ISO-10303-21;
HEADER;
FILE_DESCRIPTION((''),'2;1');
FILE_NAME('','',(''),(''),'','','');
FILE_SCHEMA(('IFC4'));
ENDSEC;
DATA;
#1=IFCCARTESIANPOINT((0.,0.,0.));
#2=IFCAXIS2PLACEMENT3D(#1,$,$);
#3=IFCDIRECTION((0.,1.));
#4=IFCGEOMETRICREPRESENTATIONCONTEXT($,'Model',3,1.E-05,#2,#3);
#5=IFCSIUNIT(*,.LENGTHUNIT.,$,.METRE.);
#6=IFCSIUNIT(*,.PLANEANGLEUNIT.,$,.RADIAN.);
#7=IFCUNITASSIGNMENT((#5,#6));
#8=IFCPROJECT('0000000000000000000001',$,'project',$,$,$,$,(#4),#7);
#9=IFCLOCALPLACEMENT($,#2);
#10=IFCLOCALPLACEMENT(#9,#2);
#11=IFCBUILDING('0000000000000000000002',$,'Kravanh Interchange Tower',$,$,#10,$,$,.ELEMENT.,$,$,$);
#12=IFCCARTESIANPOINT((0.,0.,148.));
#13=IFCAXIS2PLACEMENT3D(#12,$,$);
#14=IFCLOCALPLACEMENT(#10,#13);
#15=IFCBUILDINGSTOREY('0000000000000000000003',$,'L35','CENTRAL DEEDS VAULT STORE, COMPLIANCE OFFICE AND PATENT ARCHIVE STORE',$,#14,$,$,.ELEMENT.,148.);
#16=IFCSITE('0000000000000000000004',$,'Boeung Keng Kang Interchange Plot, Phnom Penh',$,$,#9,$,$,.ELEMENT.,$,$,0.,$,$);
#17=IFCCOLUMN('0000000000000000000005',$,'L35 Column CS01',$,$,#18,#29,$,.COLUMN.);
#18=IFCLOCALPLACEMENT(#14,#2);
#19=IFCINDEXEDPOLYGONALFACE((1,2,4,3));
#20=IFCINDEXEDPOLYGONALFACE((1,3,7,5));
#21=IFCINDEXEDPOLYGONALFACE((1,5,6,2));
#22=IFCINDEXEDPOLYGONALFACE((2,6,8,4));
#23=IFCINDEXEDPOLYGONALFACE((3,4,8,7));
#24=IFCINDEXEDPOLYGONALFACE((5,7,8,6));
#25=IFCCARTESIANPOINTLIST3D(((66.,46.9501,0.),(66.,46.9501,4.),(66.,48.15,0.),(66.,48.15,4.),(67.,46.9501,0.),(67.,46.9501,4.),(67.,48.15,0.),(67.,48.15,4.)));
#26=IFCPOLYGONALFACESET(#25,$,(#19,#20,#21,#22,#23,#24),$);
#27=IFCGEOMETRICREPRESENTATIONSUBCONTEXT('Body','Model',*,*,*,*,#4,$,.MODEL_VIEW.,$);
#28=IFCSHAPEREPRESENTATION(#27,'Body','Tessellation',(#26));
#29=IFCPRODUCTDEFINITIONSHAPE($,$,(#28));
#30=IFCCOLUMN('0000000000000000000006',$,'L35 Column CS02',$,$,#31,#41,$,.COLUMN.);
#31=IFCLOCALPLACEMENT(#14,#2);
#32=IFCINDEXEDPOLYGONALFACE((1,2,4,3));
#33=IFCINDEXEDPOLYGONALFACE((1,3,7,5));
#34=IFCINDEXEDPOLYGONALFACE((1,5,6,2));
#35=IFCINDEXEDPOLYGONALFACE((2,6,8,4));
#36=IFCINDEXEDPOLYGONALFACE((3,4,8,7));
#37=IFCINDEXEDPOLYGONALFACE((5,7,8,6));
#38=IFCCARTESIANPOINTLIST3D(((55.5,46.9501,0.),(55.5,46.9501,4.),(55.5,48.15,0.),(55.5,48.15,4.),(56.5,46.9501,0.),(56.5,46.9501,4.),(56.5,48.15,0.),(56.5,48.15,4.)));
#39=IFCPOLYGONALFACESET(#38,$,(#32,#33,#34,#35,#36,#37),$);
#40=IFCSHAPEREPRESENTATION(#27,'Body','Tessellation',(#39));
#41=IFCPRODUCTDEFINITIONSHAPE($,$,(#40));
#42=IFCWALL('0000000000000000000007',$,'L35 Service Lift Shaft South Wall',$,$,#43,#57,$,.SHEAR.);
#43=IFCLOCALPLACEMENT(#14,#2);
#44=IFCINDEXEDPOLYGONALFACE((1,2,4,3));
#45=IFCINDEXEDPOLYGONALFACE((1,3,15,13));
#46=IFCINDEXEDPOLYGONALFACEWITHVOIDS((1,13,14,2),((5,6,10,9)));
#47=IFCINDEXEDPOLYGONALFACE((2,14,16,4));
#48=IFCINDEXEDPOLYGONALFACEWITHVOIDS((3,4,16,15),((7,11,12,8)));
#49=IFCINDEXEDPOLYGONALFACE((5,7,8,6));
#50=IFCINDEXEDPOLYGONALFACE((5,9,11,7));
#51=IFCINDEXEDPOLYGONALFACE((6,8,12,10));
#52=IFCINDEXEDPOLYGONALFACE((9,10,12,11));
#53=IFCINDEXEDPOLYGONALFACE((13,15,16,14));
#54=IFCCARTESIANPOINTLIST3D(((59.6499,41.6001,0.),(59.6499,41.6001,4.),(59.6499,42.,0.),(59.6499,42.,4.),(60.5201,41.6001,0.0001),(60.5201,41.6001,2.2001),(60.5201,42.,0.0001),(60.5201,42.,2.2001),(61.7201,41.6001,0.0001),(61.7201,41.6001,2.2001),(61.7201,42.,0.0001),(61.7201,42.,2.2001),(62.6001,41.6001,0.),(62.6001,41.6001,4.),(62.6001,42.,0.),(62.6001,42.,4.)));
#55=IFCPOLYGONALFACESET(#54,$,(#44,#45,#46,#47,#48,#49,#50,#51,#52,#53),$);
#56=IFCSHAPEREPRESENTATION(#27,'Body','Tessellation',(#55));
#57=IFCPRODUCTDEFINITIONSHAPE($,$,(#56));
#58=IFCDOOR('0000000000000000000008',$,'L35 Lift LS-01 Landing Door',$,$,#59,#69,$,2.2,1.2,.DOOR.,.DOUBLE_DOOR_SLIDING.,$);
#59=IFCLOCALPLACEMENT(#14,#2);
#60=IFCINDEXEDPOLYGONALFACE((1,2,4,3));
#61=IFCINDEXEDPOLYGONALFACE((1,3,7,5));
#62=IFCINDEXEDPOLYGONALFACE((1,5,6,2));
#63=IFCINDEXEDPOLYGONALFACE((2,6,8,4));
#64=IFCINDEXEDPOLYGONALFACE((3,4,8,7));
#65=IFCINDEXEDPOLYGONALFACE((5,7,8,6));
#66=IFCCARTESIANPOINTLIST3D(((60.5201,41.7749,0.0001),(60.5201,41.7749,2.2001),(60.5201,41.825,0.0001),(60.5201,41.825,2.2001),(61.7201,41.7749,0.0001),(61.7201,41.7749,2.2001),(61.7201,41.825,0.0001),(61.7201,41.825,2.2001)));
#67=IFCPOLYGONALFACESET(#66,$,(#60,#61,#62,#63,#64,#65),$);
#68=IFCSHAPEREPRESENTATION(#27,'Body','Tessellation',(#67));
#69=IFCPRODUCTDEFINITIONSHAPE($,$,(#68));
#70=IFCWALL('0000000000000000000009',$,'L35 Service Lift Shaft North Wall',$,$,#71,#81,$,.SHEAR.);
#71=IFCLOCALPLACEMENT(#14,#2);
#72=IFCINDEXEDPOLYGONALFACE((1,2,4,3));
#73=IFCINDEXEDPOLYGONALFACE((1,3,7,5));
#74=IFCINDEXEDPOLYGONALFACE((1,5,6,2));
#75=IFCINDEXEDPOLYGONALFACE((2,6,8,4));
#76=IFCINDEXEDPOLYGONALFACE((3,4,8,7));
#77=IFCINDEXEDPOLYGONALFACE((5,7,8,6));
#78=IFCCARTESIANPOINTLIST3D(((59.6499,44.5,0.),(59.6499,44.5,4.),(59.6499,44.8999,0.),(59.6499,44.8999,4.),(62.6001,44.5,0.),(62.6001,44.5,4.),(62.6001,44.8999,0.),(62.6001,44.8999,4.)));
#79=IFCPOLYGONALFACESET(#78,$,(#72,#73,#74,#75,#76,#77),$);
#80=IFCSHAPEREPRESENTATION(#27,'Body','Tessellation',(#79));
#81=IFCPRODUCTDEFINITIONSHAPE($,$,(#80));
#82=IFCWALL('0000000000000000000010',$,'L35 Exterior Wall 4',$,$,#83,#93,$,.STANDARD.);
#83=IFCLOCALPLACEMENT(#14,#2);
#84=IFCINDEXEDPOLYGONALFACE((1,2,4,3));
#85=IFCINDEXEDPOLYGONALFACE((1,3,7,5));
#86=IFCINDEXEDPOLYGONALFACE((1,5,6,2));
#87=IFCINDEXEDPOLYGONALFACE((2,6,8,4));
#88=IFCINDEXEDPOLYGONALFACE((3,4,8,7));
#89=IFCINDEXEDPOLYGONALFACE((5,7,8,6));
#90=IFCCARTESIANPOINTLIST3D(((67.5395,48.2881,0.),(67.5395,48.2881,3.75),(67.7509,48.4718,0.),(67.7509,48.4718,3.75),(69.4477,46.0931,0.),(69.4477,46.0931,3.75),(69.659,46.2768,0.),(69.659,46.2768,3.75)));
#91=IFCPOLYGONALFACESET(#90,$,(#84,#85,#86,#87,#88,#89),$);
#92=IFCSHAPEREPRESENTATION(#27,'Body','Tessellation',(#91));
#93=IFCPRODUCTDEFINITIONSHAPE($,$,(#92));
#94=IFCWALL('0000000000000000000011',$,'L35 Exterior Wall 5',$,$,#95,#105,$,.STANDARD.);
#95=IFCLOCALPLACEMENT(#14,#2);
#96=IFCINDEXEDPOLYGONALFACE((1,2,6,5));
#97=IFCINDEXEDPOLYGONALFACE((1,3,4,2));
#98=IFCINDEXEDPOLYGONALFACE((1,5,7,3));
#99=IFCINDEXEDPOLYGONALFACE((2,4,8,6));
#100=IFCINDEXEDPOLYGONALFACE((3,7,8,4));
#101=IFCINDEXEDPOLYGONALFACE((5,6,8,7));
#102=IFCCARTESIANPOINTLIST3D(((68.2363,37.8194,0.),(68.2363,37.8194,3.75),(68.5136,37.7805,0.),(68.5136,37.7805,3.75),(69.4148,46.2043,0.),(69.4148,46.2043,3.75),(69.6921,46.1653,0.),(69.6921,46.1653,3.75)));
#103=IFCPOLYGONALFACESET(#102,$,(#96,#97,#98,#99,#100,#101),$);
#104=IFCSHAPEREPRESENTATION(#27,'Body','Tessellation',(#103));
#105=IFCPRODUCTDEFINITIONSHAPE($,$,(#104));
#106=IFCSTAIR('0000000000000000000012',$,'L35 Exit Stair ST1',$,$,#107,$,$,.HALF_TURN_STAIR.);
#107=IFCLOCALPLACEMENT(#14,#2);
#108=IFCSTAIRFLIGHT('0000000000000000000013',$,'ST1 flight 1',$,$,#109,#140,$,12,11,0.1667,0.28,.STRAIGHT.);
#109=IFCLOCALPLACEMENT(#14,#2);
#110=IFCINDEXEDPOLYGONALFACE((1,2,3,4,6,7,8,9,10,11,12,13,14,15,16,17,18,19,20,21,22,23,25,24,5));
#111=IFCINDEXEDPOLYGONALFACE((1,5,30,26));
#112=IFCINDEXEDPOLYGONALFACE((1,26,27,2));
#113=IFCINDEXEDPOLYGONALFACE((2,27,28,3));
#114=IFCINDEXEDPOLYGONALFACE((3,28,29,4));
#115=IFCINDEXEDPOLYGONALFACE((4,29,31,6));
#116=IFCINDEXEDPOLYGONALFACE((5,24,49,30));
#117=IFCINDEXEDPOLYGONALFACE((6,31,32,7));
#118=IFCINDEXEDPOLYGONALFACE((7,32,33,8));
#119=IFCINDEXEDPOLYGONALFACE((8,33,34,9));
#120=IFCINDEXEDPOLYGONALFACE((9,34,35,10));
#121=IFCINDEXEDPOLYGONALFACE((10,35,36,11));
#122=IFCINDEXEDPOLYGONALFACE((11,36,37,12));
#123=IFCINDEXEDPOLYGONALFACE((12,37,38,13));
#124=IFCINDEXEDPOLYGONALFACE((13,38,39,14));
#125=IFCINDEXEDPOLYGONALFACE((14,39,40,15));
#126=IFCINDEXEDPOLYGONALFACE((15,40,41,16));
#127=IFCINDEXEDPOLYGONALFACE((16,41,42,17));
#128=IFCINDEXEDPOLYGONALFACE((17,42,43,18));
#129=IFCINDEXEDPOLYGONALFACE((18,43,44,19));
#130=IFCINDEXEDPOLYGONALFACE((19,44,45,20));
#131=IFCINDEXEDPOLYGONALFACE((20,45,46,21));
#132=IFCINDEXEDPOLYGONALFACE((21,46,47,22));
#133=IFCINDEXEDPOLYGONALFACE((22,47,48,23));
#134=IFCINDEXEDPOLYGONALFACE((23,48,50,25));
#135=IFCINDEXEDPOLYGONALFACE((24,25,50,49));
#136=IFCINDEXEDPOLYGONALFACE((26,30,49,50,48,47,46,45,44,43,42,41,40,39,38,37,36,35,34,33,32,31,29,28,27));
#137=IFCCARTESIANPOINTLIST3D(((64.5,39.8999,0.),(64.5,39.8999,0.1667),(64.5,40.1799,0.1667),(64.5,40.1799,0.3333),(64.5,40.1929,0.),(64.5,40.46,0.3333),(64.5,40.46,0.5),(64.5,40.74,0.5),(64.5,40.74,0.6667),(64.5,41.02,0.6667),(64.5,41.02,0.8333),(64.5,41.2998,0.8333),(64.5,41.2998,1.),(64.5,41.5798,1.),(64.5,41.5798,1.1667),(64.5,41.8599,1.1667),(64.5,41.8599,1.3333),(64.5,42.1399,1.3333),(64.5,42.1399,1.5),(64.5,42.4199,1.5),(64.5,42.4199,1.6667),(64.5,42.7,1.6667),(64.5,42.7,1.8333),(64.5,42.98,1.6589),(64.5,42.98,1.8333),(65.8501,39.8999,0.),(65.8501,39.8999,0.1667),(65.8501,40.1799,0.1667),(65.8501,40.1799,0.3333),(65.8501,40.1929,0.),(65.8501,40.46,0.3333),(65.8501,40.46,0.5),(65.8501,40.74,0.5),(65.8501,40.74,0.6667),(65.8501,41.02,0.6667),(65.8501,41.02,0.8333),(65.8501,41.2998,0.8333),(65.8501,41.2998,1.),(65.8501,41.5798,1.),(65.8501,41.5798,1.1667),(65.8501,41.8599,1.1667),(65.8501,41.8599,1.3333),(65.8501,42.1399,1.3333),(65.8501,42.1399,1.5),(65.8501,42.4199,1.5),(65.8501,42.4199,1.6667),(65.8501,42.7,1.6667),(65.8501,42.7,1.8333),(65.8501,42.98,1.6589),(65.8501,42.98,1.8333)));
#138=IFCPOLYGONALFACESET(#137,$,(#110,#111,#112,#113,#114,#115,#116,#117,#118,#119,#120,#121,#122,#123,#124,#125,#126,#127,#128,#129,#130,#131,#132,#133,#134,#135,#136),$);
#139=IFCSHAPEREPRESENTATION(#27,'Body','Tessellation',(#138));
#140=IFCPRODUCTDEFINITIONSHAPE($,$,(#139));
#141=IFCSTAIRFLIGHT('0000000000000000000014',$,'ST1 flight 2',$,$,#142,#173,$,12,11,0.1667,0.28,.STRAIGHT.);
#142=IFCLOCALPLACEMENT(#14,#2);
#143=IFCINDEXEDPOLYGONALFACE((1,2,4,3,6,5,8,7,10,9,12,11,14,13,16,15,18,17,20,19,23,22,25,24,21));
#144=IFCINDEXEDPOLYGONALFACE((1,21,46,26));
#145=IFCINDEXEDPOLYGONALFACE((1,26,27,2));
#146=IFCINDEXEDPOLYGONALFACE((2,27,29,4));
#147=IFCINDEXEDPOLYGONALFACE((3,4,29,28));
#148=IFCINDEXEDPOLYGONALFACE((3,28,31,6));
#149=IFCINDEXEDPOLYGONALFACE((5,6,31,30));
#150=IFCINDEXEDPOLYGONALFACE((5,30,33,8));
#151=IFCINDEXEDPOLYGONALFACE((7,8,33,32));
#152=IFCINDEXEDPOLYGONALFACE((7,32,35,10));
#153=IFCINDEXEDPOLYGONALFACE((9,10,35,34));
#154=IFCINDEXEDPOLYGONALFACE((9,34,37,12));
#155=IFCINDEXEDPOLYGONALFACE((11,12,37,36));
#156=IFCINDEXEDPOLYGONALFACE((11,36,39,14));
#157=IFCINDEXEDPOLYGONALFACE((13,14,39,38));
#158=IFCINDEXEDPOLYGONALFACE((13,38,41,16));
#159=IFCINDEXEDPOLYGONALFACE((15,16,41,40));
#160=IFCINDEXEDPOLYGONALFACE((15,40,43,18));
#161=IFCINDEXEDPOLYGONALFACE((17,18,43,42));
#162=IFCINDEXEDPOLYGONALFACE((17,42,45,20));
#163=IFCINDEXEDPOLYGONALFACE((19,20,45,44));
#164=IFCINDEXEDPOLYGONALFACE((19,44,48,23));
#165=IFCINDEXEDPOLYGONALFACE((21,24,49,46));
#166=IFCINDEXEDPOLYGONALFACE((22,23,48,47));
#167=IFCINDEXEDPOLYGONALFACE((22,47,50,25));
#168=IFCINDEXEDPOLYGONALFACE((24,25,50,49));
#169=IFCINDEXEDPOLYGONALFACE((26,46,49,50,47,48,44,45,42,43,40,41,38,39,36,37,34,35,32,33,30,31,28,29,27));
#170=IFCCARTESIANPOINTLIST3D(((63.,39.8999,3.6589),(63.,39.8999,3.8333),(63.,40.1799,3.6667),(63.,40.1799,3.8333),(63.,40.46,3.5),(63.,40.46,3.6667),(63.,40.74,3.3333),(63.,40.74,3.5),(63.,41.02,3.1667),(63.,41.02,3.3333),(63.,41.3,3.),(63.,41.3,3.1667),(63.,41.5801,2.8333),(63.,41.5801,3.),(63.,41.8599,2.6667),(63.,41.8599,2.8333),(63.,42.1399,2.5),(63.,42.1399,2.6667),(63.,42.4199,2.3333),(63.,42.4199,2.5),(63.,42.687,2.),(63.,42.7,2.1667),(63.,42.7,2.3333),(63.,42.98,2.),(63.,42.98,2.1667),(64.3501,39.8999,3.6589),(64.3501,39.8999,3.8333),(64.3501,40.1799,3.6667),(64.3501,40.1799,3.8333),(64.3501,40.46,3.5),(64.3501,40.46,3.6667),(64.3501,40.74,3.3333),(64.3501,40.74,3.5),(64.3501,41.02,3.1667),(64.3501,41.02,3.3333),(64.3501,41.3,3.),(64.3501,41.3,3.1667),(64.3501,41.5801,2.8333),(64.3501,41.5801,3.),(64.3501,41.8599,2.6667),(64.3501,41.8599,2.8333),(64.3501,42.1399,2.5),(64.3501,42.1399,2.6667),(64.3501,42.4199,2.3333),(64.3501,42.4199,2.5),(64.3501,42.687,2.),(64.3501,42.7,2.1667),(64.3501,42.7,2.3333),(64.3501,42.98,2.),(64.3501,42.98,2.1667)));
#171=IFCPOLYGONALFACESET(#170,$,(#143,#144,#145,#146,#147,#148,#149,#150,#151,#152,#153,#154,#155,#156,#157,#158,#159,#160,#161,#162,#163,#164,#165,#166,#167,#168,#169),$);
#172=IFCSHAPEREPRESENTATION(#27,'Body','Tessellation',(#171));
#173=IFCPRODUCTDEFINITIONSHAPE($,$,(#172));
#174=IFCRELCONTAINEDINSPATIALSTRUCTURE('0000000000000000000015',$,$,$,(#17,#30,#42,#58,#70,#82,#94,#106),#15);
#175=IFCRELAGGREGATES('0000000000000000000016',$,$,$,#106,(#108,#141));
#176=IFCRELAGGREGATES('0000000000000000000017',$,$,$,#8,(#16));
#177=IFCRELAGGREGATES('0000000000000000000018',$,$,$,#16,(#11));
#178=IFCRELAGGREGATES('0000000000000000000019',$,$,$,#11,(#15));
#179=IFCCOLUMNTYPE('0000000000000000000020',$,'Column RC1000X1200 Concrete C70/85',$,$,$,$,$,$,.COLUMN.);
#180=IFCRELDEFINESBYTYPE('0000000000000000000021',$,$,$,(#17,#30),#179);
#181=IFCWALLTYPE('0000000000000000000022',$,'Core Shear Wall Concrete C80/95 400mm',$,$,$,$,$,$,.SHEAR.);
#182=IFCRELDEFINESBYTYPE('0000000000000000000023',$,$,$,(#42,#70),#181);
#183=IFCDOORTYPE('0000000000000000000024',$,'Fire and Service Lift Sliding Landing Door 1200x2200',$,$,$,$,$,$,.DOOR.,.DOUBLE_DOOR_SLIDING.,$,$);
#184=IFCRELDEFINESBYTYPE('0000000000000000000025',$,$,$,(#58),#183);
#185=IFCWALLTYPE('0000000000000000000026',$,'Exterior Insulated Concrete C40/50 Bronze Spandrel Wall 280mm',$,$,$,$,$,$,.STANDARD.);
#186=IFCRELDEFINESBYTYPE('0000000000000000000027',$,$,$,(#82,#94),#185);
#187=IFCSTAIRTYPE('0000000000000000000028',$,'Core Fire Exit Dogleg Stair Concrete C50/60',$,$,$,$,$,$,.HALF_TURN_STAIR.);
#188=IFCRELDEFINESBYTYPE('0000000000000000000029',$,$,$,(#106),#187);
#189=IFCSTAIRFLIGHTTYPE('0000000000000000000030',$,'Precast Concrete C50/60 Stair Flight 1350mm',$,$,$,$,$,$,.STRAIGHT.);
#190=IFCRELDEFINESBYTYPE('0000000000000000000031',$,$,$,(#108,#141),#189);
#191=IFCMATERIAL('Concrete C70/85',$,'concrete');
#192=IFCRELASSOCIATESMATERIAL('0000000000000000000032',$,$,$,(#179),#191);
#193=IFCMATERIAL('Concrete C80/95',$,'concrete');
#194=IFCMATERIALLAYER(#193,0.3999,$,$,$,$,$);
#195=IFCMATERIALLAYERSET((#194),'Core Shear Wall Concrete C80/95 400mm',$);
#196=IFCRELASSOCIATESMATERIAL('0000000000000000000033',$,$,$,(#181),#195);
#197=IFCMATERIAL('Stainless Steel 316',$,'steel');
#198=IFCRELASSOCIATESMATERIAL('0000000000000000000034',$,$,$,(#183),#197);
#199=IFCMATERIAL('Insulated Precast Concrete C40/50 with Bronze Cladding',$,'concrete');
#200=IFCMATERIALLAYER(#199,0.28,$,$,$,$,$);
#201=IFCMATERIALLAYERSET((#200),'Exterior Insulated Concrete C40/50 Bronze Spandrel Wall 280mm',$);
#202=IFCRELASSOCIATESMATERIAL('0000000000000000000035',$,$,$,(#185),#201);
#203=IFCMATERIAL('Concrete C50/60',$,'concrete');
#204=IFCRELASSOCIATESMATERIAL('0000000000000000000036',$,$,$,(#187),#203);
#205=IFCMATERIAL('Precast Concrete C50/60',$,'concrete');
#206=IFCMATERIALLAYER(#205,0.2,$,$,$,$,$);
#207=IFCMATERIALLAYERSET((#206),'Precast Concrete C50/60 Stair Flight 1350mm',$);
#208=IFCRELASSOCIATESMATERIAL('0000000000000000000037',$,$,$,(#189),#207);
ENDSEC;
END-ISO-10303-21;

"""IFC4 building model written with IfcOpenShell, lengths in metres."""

from ifc_helpers import new_model, si_unit, direction, frame, frame_2d, origin, origin_2d, place, context, subcontext, project, spatial, polyline, rectangle, outline, extrude, material, layer, layer_set, material_profile, profile_set, type_object, element, fill, aggregate, save


model = new_model("IFC4")

# Units and contexts
model_context = context("Model", 3, precision=1e-05, world=origin(), true_north=direction((0.0, 1.0)))
body_context = subcontext(model_context, "Body", "Model", "MODEL_VIEW")
ifc_project = project(units=[si_unit("LENGTHUNIT", "METRE"), si_unit("PLANEANGLEUNIT", "RADIAN")], contexts=[model_context])

# Site, building, storey
site_placement = place(None, origin())
site = spatial("IfcSite", under=ifc_project, at=site_placement, Name="Boeung Keng Kang Interchange Plot, Phnom Penh", CompositionType="ELEMENT", RefElevation=0.0)
building_placement = place(site_placement, origin())
building = spatial("IfcBuilding", under=site, at=building_placement, Name="Kravanh Interchange Tower", CompositionType="ELEMENT")
storey_placement = place(building_placement, frame((0.0, 0.0, 148.0)))
storey = spatial("IfcBuildingStorey", under=building, at=storey_placement, Name="L35", Description="CENTRAL DEEDS VAULT STORE, COMPLIANCE OFFICE AND PATENT ARCHIVE STORE", CompositionType="ELEMENT", Elevation=148.0)

# Columns
ifc_material_1 = material(Name="Concrete C70/85", Category="concrete")
ifc_material_profile = material_profile(ifc_material_1, rectangle(XDim=1.0, YDim=1.2, at=origin_2d()), Name="RC1000X1200")
ifc_profile_set = profile_set([ifc_material_profile], Name="Concrete C70/85")
column_type = type_object("IfcColumnType", Name="Column RC1000X1200 Concrete C70/85", PredefinedType="COLUMN", material=ifc_profile_set)
for number, where, z_axis, x_axis, name in (
    (1, (66.5, 47.55, 0.0), (0.0, 0.0, 1.0), (1.0, 0.0, 0.0), "L35 Column CS01"),
    (2, (56.0, 47.55, 0.0), (0.0, 0.0, 1.0), (1.0, 0.0, 0.0), "L35 Column CS02"),
):
    element("IfcColumn", number, at=place(storey_placement, frame(where, z_axis=z_axis, x_axis=x_axis)), inside=storey, type_object=column_type, Name=name, PredefinedType="COLUMN", context=body_context, shape_type="SweptSolid", body=[
        extrude(rectangle(XDim=1.0, YDim=1.2, at=origin_2d()), origin(), (0.0, 0.0, 1.0), 4.0),
    ])

# Wall, opening, door
ifc_material_2 = material(Name="Concrete C80/95", Category="concrete")
ifc_layer_1 = layer(ifc_material_2, 0.3999)
ifc_layer_set_1 = layer_set([ifc_layer_1], Name="Core Shear Wall Concrete C80/95 400mm")
wall_type_1 = type_object("IfcWallType", Name="Core Shear Wall Concrete C80/95 400mm", PredefinedType="SHEAR", material=ifc_layer_set_1)
wall_1_placement = place(storey_placement, frame((59.6499, 41.8, 0.0), z_axis=(0.0, 0.0, 1.0), x_axis=(1.0, 0.0, 0.0)))
wall_1 = element("IfcWall", 3, at=wall_1_placement, inside=storey, type_object=wall_type_1, Name="L35 Service Lift Shaft South Wall", PredefinedType="SHEAR", context=body_context, shape_type="SweptSolid", body=[
    extrude(rectangle(XDim=2.9502, YDim=0.3999, at=frame_2d((1.4751, 0.0))), origin(), (0.0, 0.0, 1.0), 4.0),
])
opening_placement = place(wall_1_placement, frame((0.8701, 0.0, 0.0)))
opening = element("IfcOpeningElement", 4, at=opening_placement, cuts=wall_1, PredefinedType="OPENING", context=body_context, shape_type="SweptSolid", body=[
    extrude(rectangle(XDim=1.2, YDim=2.2, at=frame_2d((0.6001, 1.1001))), frame((0.0, 0.21, 0.0), z_axis=(0.0, -1.0, 0.0), x_axis=(1.0, 0.0, 0.0)), (0.0, 0.0, 1.0), 0.4199),
])
ifc_material_3 = material(Name="Stainless Steel 316", Category="steel")
door_type = type_object("IfcDoorType", Name="Fire and Service Lift Sliding Landing Door 1200x2200", OperationType="DOUBLE_DOOR_SLIDING", PredefinedType="DOOR", material=ifc_material_3)
door_placement = place(opening_placement, origin())
door = element("IfcDoor", 5, at=door_placement, inside=storey, type_object=door_type, Name="L35 Lift LS-01 Landing Door", OperationType="DOUBLE_DOOR_SLIDING", OverallHeight=2.2, OverallWidth=1.2, PredefinedType="DOOR", context=body_context, shape_type="SweptSolid", body=[
    extrude(rectangle(XDim=1.2, YDim=2.2, at=frame_2d((0.6001, 1.1001))), frame((0.0, 0.0249, 0.0), z_axis=(0.0, -1.0, 0.0), x_axis=(1.0, 0.0, 0.0)), (0.0, 0.0, 1.0), 0.05),
])
fill(opening, door)

# Walls
wall_2_placement = place(storey_placement, frame((59.6499, 44.7, 0.0), z_axis=(0.0, 0.0, 1.0), x_axis=(1.0, 0.0, 0.0)))
element("IfcWall", 6, at=wall_2_placement, inside=storey, type_object=wall_type_1, Name="L35 Service Lift Shaft North Wall", PredefinedType="SHEAR", context=body_context, shape_type="SweptSolid", body=[
    extrude(rectangle(XDim=2.9502, YDim=0.3999, at=frame_2d((1.4751, 0.0))), origin(), (0.0, 0.0, 1.0), 4.0),
])
ifc_material_4 = material(Name="Insulated Precast Concrete C40/50 with Bronze Cladding", Category="concrete")
ifc_layer_2 = layer(ifc_material_4, 0.28)
ifc_layer_set_2 = layer_set([ifc_layer_2], Name="Exterior Insulated Concrete C40/50 Bronze Spandrel Wall 280mm")
wall_type_2 = type_object("IfcWallType", Name="Exterior Insulated Concrete C40/50 Bronze Spandrel Wall 280mm", PredefinedType="STANDARD", material=ifc_layer_set_2)
wall_3_placement = place(storey_placement, frame((67.6453, 48.3799, 0.0), z_axis=(0.0, 0.0, 1.0), x_axis=(0.656071, -0.754699, 0.0)))
element("IfcWall", 7, at=wall_3_placement, inside=storey, type_object=wall_type_2, Name="L35 Exterior Wall 4", PredefinedType="STANDARD", context=body_context, shape_type="SweptSolid", body=[
    extrude(rectangle(XDim=2.9084, YDim=0.28, at=frame_2d((1.4541, 0.0))), origin(), (0.0, 0.0, 1.0), 3.75),
])
wall_4_placement = place(storey_placement, frame((69.5535, 46.1848, 0.0), z_axis=(0.0, 0.0, 1.0), x_axis=(-0.139181, -0.990267, 0.0)))
element("IfcWall", 8, at=wall_4_placement, inside=storey, type_object=wall_type_2, Name="L35 Exterior Wall 5", PredefinedType="STANDARD", context=body_context, shape_type="SweptSolid", body=[
    extrude(rectangle(XDim=8.4673, YDim=0.28, at=frame_2d((4.2336, 0.0))), origin(), (0.0, 0.0, 1.0), 3.75),
])

# Stair, stair flights
ifc_material_5 = material(Name="Concrete C50/60", Category="concrete")
stair_type = type_object("IfcStairType", Name="Core Fire Exit Dogleg Stair Concrete C50/60", PredefinedType="HALF_TURN_STAIR", material=ifc_material_5)
stair_1_placement = place(storey_placement, origin())
stair_1 = element("IfcStair", 9, at=stair_1_placement, inside=storey, type_object=stair_type, Name="L35 Exit Stair ST1", PredefinedType="HALF_TURN_STAIR")
ifc_material_6 = material(Name="Precast Concrete C50/60", Category="concrete")
ifc_layer_3 = layer(ifc_material_6, 0.2)
ifc_layer_set_3 = layer_set([ifc_layer_3], Name="Precast Concrete C50/60 Stair Flight 1350mm")
stair_flight_type = type_object("IfcStairFlightType", Name="Precast Concrete C50/60 Stair Flight 1350mm", PredefinedType="STRAIGHT", material=ifc_layer_set_3)
stair_flight_1_placement = place(storey_placement, frame((65.175, 39.8999, 0.0), z_axis=(0.0, 0.0, 1.0), x_axis=(0.0, 1.0, 0.0)))
stair_flight_1 = element("IfcStairFlight", 10, at=stair_flight_1_placement, type_object=stair_flight_type, Name="ST1 flight 1", NumberOfRisers=12, NumberOfTreads=11, PredefinedType="STRAIGHT", RiserHeight=0.1667, TreadLength=0.28, context=body_context, shape_type="SweptSolid", body=[
    extrude(outline(polyline([(0.0, 0.0), (0.0, 0.1667), (0.28, 0.1667), (0.28, 0.3333), (0.5601, 0.3333), (0.5601, 0.5), (0.8401, 0.5), (0.8401, 0.6667), (1.1201, 0.6667), (1.1201, 0.8333), (1.3999, 0.8333), (1.3999, 1.0), (1.6799, 1.0), (1.6799, 1.1667), (1.96, 1.1667), (1.96, 1.3333), (2.24, 1.3333), (2.24, 1.5), (2.52, 1.5), (2.52, 1.6667), (2.8, 1.6667), (2.8, 1.8333), (3.0801, 1.8333), (3.0801, 2.0), (3.0801, 1.6589), (0.293, 0.0), (0.0, 0.0)])), frame((0.0, 0.675, 0.0), z_axis=(0.0, -1.0, 0.0), x_axis=(1.0, 0.0, 0.0)), (0.0, 0.0, 1.0), 1.3501),
])
stair_flight_2_placement = place(storey_placement, frame((63.675, 42.98, 2.0), z_axis=(0.0, 0.0, 1.0), x_axis=(0.0, -1.0, 0.0)))
stair_flight_2 = element("IfcStairFlight", 11, at=stair_flight_2_placement, type_object=stair_flight_type, Name="ST1 flight 2", NumberOfRisers=12, NumberOfTreads=11, PredefinedType="STRAIGHT", RiserHeight=0.1667, TreadLength=0.28, context=body_context, shape_type="SweptSolid", body=[
    extrude(outline(polyline([(0.0, 0.0), (0.0, 0.1667), (0.28, 0.1667), (0.28, 0.3333), (0.5601, 0.3333), (0.5601, 0.5), (0.8401, 0.5), (0.8401, 0.6667), (1.1201, 0.6667), (1.1201, 0.8333), (1.3999, 0.8333), (1.3999, 1.0), (1.6799, 1.0), (1.6799, 1.1667), (1.96, 1.1667), (1.96, 1.3333), (2.24, 1.3333), (2.24, 1.5), (2.52, 1.5), (2.52, 1.6667), (2.8, 1.6667), (2.8, 1.8333), (3.0801, 1.8333), (3.0801, 2.0), (3.0801, 1.6589), (0.293, 0.0), (0.0, 0.0)])), frame((0.0, 0.675, 0.0), z_axis=(0.0, -1.0, 0.0), x_axis=(1.0, 0.0, 0.0)), (0.0, 0.0, 1.0), 1.3501),
])
aggregate(stair_1, [stair_flight_1, stair_flight_2])

save(model, "model.ifc")
